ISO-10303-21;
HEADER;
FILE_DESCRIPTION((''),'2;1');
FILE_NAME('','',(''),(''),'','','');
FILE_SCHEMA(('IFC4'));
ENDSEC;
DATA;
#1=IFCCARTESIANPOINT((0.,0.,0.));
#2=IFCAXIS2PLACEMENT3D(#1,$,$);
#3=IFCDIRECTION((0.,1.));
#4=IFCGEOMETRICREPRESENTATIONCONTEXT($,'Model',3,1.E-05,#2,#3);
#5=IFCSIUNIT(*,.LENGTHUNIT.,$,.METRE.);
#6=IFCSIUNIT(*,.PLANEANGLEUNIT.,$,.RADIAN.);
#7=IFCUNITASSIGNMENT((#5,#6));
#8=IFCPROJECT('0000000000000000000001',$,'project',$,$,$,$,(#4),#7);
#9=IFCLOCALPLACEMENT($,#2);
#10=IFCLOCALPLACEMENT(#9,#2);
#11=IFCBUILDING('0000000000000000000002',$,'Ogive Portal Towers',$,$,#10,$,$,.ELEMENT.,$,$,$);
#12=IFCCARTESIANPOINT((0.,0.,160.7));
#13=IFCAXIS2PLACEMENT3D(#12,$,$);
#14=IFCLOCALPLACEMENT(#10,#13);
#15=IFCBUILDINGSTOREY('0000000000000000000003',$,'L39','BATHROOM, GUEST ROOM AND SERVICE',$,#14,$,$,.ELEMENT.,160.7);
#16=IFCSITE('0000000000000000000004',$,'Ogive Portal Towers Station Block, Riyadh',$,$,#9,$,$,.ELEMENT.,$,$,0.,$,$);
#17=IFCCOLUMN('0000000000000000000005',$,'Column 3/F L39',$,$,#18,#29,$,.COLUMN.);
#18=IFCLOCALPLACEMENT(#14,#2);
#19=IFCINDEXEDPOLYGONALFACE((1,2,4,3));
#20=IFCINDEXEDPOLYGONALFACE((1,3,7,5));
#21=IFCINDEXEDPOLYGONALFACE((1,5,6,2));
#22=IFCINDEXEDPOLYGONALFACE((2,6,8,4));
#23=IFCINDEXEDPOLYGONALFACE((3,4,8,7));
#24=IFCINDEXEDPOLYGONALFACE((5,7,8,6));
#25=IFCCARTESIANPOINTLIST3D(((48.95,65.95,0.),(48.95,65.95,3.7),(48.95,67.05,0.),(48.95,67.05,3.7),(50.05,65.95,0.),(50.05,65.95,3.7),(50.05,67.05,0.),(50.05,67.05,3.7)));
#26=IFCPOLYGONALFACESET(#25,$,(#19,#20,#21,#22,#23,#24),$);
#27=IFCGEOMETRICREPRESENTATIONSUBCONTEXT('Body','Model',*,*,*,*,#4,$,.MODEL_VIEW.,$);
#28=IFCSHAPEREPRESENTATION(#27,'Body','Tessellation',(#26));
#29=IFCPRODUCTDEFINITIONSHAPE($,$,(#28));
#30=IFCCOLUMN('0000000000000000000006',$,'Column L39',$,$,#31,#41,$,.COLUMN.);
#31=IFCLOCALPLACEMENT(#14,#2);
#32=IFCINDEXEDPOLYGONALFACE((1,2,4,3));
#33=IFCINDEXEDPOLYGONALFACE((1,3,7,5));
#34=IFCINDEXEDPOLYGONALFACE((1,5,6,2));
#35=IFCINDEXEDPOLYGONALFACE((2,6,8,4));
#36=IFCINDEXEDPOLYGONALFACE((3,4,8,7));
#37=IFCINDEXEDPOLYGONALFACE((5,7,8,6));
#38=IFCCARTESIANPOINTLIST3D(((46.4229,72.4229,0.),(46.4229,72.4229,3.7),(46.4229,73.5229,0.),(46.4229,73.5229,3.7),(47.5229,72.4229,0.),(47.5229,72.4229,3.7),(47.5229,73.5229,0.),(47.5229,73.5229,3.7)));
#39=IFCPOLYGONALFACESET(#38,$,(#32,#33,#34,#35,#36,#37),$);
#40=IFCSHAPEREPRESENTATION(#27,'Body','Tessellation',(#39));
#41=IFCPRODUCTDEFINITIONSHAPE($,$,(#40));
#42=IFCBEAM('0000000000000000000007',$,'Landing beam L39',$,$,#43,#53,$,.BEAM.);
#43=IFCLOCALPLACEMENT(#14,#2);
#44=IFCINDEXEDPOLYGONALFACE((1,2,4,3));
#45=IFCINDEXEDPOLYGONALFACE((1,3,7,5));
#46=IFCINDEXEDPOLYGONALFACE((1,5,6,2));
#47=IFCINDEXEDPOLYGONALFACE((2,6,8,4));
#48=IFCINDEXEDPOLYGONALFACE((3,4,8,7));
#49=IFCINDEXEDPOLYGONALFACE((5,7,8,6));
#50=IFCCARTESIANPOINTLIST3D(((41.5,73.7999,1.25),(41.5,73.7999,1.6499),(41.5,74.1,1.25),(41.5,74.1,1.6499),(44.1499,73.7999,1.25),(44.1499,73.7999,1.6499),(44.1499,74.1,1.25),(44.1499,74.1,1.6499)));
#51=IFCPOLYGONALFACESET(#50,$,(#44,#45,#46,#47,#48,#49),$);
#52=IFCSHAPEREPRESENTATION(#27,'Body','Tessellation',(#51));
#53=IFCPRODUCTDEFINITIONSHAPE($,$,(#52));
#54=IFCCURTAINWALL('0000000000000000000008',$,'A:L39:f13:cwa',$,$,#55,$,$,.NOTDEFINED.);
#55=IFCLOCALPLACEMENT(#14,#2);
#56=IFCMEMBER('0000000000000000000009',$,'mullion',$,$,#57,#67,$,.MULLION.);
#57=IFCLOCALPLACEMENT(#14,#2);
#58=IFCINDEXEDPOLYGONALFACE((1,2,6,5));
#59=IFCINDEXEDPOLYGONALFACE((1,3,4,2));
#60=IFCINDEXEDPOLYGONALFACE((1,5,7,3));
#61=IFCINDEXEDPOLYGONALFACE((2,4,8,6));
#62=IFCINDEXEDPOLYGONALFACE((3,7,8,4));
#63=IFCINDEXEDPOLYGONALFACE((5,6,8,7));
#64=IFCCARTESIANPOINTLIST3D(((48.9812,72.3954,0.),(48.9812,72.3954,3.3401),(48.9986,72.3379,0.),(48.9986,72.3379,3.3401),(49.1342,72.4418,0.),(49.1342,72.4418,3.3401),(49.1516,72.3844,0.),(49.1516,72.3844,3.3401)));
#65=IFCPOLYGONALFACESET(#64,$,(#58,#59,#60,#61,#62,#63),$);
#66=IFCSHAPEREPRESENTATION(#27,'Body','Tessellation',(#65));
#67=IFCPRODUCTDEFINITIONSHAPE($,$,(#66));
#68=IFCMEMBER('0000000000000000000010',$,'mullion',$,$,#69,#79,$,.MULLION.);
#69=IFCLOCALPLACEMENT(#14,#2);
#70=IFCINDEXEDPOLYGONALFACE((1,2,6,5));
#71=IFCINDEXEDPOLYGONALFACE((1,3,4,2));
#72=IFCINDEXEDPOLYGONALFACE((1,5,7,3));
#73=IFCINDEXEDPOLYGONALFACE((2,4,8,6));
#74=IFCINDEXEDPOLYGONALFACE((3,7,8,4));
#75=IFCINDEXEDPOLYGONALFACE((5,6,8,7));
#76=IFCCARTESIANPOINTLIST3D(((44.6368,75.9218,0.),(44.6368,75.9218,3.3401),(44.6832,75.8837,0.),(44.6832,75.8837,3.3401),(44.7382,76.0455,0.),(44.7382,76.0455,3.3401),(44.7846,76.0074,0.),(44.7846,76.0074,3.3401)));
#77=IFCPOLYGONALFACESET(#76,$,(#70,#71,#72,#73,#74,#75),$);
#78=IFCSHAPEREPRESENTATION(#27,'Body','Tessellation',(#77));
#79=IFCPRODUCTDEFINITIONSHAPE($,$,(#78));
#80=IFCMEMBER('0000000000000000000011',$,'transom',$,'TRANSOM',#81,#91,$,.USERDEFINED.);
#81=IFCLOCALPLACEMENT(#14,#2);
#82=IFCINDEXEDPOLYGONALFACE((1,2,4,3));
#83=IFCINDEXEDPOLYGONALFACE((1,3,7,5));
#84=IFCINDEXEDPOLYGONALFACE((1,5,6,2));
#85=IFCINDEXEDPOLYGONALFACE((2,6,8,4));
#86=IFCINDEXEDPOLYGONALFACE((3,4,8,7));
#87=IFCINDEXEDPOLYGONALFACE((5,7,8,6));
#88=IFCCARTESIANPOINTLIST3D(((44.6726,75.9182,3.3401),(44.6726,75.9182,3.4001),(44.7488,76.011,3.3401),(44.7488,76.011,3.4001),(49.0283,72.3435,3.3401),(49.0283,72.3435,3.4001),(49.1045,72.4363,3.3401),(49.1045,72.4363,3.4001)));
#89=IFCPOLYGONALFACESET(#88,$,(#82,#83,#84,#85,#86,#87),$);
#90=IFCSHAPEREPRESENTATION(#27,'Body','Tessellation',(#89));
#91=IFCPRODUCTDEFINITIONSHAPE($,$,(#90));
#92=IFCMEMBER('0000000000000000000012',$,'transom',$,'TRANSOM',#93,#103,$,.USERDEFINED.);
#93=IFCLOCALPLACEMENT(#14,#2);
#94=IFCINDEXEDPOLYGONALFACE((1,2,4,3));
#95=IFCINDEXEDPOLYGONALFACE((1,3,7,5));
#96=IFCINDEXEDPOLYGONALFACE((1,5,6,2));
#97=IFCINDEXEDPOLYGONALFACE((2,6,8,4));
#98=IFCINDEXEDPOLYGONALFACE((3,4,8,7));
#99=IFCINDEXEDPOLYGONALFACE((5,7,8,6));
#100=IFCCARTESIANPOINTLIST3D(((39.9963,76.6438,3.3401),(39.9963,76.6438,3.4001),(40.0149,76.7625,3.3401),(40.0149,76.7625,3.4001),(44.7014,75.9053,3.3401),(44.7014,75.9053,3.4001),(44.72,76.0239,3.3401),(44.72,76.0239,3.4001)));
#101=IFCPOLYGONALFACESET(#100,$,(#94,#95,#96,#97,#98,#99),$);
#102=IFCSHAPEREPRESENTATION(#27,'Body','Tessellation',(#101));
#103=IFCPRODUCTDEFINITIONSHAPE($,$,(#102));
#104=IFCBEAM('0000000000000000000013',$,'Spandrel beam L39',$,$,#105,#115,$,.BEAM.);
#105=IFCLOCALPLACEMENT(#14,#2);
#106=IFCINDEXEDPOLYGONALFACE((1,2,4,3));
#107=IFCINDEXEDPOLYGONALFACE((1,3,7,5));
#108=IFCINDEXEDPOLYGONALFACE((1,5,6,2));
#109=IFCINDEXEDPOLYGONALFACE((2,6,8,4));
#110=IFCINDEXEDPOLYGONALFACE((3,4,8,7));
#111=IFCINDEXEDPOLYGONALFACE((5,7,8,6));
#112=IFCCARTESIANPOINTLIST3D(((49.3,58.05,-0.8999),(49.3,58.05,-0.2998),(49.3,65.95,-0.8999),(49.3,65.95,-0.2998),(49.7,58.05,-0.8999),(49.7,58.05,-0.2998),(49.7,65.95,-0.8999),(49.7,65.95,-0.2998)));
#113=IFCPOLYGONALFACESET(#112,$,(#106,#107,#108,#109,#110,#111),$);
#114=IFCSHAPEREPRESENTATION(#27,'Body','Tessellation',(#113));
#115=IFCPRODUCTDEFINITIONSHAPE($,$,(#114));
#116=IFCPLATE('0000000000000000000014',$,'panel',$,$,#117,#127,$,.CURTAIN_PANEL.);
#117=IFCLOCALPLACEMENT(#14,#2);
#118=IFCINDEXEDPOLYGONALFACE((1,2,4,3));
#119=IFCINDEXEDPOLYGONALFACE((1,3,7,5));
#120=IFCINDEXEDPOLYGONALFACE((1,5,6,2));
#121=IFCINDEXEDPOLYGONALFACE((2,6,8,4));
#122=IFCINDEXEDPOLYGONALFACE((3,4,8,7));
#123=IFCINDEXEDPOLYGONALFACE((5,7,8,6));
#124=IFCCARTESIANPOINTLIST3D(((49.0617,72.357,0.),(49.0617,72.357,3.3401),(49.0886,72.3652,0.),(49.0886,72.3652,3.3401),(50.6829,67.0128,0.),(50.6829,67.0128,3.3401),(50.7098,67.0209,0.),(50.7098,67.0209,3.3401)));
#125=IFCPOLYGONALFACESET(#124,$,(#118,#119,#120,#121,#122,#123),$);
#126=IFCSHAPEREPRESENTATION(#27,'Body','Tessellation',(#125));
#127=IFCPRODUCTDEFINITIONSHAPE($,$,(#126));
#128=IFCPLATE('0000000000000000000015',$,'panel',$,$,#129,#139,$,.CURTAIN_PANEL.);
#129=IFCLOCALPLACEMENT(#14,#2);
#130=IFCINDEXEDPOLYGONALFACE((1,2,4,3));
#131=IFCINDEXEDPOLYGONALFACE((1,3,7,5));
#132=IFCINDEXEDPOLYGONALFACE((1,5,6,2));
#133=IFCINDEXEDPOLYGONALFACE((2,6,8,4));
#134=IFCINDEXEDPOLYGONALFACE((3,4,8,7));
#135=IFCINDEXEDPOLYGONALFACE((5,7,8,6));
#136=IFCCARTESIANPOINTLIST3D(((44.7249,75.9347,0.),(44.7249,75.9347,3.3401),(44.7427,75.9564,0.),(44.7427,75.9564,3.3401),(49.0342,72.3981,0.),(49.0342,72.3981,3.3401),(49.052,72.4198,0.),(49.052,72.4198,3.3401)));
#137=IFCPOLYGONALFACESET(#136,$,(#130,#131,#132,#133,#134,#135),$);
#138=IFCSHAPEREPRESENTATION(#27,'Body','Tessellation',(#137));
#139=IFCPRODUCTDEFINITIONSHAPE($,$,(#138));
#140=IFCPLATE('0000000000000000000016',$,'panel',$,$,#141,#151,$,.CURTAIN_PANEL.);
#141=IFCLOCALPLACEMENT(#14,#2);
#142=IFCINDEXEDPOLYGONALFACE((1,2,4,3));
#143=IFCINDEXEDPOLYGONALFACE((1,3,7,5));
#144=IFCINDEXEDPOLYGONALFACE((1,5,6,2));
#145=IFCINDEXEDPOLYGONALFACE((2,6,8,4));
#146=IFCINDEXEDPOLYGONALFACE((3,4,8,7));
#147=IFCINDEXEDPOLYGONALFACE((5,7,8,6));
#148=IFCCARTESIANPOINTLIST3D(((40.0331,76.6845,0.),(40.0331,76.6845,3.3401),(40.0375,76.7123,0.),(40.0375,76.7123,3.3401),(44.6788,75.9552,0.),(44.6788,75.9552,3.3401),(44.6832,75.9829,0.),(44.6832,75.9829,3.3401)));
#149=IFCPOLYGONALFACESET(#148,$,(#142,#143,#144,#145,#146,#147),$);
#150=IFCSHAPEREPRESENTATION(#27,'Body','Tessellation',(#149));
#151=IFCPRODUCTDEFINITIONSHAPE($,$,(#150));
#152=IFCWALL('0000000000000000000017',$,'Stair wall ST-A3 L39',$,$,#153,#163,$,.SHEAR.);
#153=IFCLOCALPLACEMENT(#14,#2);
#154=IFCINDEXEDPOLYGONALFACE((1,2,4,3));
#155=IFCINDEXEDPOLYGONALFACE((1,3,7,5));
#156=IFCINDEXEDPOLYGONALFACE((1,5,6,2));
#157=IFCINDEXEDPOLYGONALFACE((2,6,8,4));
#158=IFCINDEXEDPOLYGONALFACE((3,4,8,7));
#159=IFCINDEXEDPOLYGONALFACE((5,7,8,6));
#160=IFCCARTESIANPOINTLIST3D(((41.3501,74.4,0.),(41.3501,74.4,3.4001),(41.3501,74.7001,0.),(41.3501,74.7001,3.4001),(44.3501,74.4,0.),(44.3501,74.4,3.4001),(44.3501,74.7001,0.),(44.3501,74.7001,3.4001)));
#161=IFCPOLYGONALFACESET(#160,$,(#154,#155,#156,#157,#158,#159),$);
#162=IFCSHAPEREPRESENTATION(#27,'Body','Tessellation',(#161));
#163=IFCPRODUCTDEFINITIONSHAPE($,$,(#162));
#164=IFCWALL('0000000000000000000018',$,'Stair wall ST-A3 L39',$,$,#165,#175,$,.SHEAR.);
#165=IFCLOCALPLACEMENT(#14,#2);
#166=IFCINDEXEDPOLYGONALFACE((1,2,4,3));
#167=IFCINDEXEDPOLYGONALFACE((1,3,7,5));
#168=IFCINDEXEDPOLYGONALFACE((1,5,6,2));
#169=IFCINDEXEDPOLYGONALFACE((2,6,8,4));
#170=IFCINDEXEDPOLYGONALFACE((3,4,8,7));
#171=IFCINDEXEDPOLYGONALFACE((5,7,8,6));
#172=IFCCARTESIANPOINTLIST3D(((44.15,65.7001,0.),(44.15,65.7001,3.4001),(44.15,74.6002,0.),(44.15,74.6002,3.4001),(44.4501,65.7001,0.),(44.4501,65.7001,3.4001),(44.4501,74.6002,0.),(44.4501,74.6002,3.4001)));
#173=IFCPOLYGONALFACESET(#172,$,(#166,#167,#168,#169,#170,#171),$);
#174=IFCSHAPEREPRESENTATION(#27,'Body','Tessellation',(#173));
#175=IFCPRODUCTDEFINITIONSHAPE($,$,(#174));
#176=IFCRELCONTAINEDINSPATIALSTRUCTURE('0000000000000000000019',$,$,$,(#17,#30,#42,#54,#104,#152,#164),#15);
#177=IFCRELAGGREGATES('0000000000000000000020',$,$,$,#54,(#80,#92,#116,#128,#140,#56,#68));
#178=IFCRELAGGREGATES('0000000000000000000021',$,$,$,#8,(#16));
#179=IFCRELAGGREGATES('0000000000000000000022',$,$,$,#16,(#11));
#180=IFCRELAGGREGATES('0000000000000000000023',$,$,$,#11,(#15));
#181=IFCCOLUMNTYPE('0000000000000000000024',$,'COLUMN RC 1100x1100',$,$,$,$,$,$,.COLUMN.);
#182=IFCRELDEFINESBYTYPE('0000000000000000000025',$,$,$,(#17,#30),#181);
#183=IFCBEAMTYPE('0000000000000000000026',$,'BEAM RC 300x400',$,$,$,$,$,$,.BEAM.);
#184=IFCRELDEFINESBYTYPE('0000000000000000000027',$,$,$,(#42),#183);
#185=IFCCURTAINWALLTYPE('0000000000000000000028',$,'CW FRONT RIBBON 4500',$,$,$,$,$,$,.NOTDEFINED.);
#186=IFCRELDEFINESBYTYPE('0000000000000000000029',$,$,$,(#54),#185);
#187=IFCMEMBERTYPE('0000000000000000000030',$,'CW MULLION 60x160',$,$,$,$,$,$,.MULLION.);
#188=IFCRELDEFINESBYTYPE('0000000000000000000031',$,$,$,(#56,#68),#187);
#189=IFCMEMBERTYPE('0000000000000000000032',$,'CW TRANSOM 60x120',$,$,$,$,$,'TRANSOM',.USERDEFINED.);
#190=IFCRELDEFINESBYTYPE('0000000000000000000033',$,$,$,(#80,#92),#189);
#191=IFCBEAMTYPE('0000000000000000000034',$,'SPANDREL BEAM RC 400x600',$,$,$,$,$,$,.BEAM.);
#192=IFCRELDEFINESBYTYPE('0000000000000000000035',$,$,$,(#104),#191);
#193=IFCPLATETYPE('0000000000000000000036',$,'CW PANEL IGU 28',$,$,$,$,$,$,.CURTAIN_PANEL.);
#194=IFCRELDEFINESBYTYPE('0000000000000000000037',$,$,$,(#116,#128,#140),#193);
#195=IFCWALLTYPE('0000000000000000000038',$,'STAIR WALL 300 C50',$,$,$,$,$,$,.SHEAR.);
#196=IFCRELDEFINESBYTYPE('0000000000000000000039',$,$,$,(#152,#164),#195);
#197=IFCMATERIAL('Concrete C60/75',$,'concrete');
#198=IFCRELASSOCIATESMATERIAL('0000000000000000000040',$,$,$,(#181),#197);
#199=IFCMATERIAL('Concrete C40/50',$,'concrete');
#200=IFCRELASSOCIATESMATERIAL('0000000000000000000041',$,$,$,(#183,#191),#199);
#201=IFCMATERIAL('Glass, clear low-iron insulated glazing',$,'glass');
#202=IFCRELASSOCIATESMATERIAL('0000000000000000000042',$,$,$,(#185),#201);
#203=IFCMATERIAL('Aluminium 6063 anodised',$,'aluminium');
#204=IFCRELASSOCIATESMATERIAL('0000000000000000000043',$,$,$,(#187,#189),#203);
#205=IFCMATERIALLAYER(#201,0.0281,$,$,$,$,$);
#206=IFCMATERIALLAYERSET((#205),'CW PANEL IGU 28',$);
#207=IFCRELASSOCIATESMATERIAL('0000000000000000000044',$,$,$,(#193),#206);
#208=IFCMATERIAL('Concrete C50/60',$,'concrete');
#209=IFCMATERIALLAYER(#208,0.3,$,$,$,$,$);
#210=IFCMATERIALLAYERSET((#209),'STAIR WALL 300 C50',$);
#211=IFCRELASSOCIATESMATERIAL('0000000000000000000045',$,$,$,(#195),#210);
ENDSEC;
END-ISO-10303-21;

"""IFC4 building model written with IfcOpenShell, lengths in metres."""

from ifc_helpers import new_model, si_unit, direction, frame, frame_2d, origin, origin_2d, place, context, subcontext, project, spatial, rectangle, extrude, material, layer, layer_set, material_profile, profile_set, type_object, element, aggregate, save


model = new_model("IFC4")

# Units and contexts
model_context = context("Model", 3, precision=1e-05, world=origin(), true_north=direction((0.0, 1.0)))
body_context = subcontext(model_context, "Body", "Model", "MODEL_VIEW")
ifc_project = project(units=[si_unit("LENGTHUNIT", "METRE"), si_unit("PLANEANGLEUNIT", "RADIAN")], contexts=[model_context])

# Site, building, storey
site_placement = place(None, origin())
site = spatial("IfcSite", under=ifc_project, at=site_placement, Name="Ogive Portal Towers Station Block, Riyadh", CompositionType="ELEMENT", RefElevation=0.0)
building_placement = place(site_placement, origin())
building = spatial("IfcBuilding", under=site, at=building_placement, Name="Ogive Portal Towers", CompositionType="ELEMENT")
storey_placement = place(building_placement, frame((0.0, 0.0, 160.7)))
storey = spatial("IfcBuildingStorey", under=building, at=storey_placement, Name="L39", Description="BATHROOM, GUEST ROOM AND SERVICE", CompositionType="ELEMENT", Elevation=160.7)

# Columns
ifc_material_1 = material(Name="Concrete C60/75", Category="concrete")
ifc_material_profile_1 = material_profile(ifc_material_1, rectangle(XDim=1.1001, YDim=1.1001, at=origin_2d()), Name="RC 1100x1100")
ifc_profile_set_1 = profile_set([ifc_material_profile_1], Name="Concrete C60/75")
column_type = type_object("IfcColumnType", Name="COLUMN RC 1100x1100", PredefinedType="COLUMN", material=ifc_profile_set_1)
for number, where, z_axis, x_axis, name in (
    (1, (49.5, 66.5, 0.0), (0.0, 0.0, 1.0), (1.0, 0.0, 0.0), "Column 3/F L39"),
    (2, (46.9729, 72.9729, 0.0), (0.0, 0.0, 1.0), (1.0, 0.0, 0.0), "Column L39"),
):
    element("IfcColumn", number, at=place(storey_placement, frame(where, z_axis=z_axis, x_axis=x_axis)), inside=storey, type_object=column_type, Name=name, PredefinedType="COLUMN", context=body_context, shape_type="SweptSolid", body=[
        extrude(rectangle(XDim=1.1001, YDim=1.1001, at=origin_2d()), origin(), (0.0, 0.0, 1.0), 3.7),
    ])

# Beam
ifc_material_2 = material(Name="Concrete C40/50", Category="concrete")
ifc_material_profile_2 = material_profile(ifc_material_2, rectangle(XDim=0.3, YDim=0.3999, at=origin_2d()), Name="RC 300x400")
ifc_profile_set_2 = profile_set([ifc_material_profile_2], Name="Concrete C40/50")
beam_type_1 = type_object("IfcBeamType", Name="BEAM RC 300x400", PredefinedType="BEAM", material=ifc_profile_set_2)
beam_1_placement = place(storey_placement, frame((41.5, 73.95, 1.45), z_axis=(1.0, 0.0, 0.0), x_axis=(0.0, 1.0, 0.0)))
element("IfcBeam", 3, at=beam_1_placement, inside=storey, type_object=beam_type_1, Name="Landing beam L39", PredefinedType="BEAM", context=body_context, shape_type="SweptSolid", body=[
    extrude(rectangle(XDim=0.3, YDim=0.3999, at=origin_2d()), origin(), (0.0, 0.0, 1.0), 2.6499),
])

# Curtain wall, members
ifc_material_3 = material(Name="Glass, clear low-iron insulated glazing", Category="glass")
curtain_wall_type = type_object("IfcCurtainWallType", Name="CW FRONT RIBBON 4500", PredefinedType="NOTDEFINED", material=ifc_material_3)
curtain_wall_placement = place(storey_placement, origin())
curtain_wall = element("IfcCurtainWall", 4, at=curtain_wall_placement, inside=storey, type_object=curtain_wall_type, Name="A:L39:f13:cwa", PredefinedType="NOTDEFINED")
ifc_material_4 = material(Name="Aluminium 6063 anodised", Category="aluminium")
ifc_material_profile_3 = material_profile(ifc_material_4, rectangle(XDim=0.1599, YDim=0.0601, at=origin_2d()), Name="AL 60x160")
ifc_profile_set_3 = profile_set([ifc_material_profile_3], Name="Aluminium 6063 anodised")
member_type_1 = type_object("IfcMemberType", Name="CW MULLION 60x160", PredefinedType="MULLION", material=ifc_profile_set_3)
member_1_placement = place(storey_placement, frame((49.0664, 72.3899, 0.0), z_axis=(0.0, 0.0, 1.0), x_axis=(-0.95694, -0.290285, 0.0)))
member_1 = element("IfcMember", 5, at=member_1_placement, type_object=member_type_1, Name="mullion", PredefinedType="MULLION", context=body_context, shape_type="SweptSolid", body=[
    extrude(rectangle(XDim=0.1599, YDim=0.0601, at=origin_2d()), origin(), (0.0, 0.0, 1.0), 3.3401),
])
member_2_placement = place(storey_placement, frame((44.7107, 75.9646, 0.0), z_axis=(0.0, 0.0, 1.0), x_axis=(-0.634393, -0.77301, 0.0)))
member_2 = element("IfcMember", 6, at=member_2_placement, type_object=member_type_1, Name="mullion", PredefinedType="MULLION", context=body_context, shape_type="SweptSolid", body=[
    extrude(rectangle(XDim=0.1599, YDim=0.0601, at=origin_2d()), origin(), (0.0, 0.0, 1.0), 3.3401),
])
ifc_material_profile_4 = material_profile(ifc_material_4, rectangle(XDim=0.1201, YDim=0.0601, at=origin_2d()), Name="AL 120x60")
ifc_profile_set_4 = profile_set([ifc_material_profile_4], Name="Aluminium 6063 anodised")
member_type_2 = type_object("IfcMemberType", Name="CW TRANSOM 60x120", ElementType="TRANSOM", PredefinedType="USERDEFINED", material=ifc_profile_set_4)
member_3_placement = place(storey_placement, frame((49.0664, 72.3899, 3.3701), z_axis=(-0.773005, 0.6344, 0.0), x_axis=(-0.6344, -0.773005, 0.0)))
member_3 = element("IfcMember", 7, at=member_3_placement, type_object=member_type_2, Name="transom", ObjectType="TRANSOM", PredefinedType="USERDEFINED", context=body_context, shape_type="SweptSolid", body=[
    extrude(rectangle(XDim=0.1201, YDim=0.0601, at=origin_2d()), origin(), (0.0, 0.0, 1.0), 5.6348),
])
member_4_placement = place(storey_placement, frame((44.7107, 75.9646, 3.3701), z_axis=(-0.987904, 0.155065, 0.0), x_axis=(-0.155065, -0.987904, 0.0)))
member_4 = element("IfcMember", 8, at=member_4_placement, type_object=member_type_2, Name="transom", ObjectType="TRANSOM", PredefinedType="USERDEFINED", context=body_context, shape_type="SweptSolid", body=[
    extrude(rectangle(XDim=0.1201, YDim=0.0601, at=origin_2d()), origin(), (0.0, 0.0, 1.0), 4.7627),
])

# Beam
ifc_material_profile_5 = material_profile(ifc_material_2, rectangle(XDim=0.3999, YDim=0.6001, at=origin_2d()), Name="RC 400x600")
ifc_profile_set_5 = profile_set([ifc_material_profile_5], Name="Concrete C40/50")
beam_type_2 = type_object("IfcBeamType", Name="SPANDREL BEAM RC 400x600", PredefinedType="BEAM", material=ifc_profile_set_5)
beam_2_placement = place(storey_placement, frame((49.5, 65.95, -0.5999), z_axis=(0.0, -1.0, 0.0), x_axis=(1.0, 0.0, 0.0)))
element("IfcBeam", 9, at=beam_2_placement, inside=storey, type_object=beam_type_2, Name="Spandrel beam L39", PredefinedType="BEAM", context=body_context, shape_type="SweptSolid", body=[
    extrude(rectangle(XDim=0.3999, YDim=0.6001, at=origin_2d()), origin(), (0.0, 0.0, 1.0), 7.8999),
])

# Plates
ifc_layer_1 = layer(ifc_material_3, 0.0281)
ifc_layer_set_1 = layer_set([ifc_layer_1], Name="CW PANEL IGU 28")
plate_type = type_object("IfcPlateType", Name="CW PANEL IGU 28", PredefinedType="CURTAIN_PANEL", material=ifc_layer_set_1)
plate_1_placement = place(storey_placement, frame((49.8857, 69.689, 0.0), z_axis=(0.0, 0.0, 1.0), x_axis=(-0.290285, 0.95694, 0.0)))
plate_1 = element("IfcPlate", 10, at=plate_1_placement, type_object=plate_type, Name="panel", PredefinedType="CURTAIN_PANEL", context=body_context, shape_type="SweptSolid", body=[
    extrude(rectangle(XDim=5.5847, YDim=0.0281, at=origin_2d()), origin(), (0.0, 0.0, 1.0), 3.3401),
])
plate_2_placement = place(storey_placement, frame((46.8884, 74.1772, 0.0), z_axis=(0.0, 0.0, 1.0), x_axis=(-0.77301, 0.634393, 0.0)))
plate_2 = element("IfcPlate", 11, at=plate_2_placement, type_object=plate_type, Name="panel", PredefinedType="CURTAIN_PANEL", context=body_context, shape_type="SweptSolid", body=[
    extrude(rectangle(XDim=5.5747, YDim=0.0281, at=origin_2d()), origin(), (0.0, 0.0, 1.0), 3.3401),
])
plate_3_placement = place(storey_placement, frame((42.3582, 76.3337, 0.0), z_axis=(0.0, 0.0, 1.0), x_axis=(-0.987901, 0.155089, 0.0)))
plate_3 = element("IfcPlate", 12, at=plate_3_placement, type_object=plate_type, Name="panel", PredefinedType="CURTAIN_PANEL", context=body_context, shape_type="SweptSolid", body=[
    extrude(rectangle(XDim=4.7026, YDim=0.0281, at=origin_2d()), origin(), (0.0, 0.0, 1.0), 3.3401),
])
aggregate(curtain_wall, [member_3, member_4, plate_1, plate_2, plate_3, member_1, member_2])

# Walls
ifc_material_5 = material(Name="Concrete C50/60", Category="concrete")
ifc_layer_2 = layer(ifc_material_5, 0.3)
ifc_layer_set_2 = layer_set([ifc_layer_2], Name="STAIR WALL 300 C50")
wall_type_1 = type_object("IfcWallType", Name="STAIR WALL 300 C50", PredefinedType="SHEAR", material=ifc_layer_set_2)
wall_1_placement = place(storey_placement, frame((41.3501, 74.55, 0.0), z_axis=(0.0, 0.0, 1.0), x_axis=(1.0, 0.0, 0.0)))
element("IfcWall", 13, at=wall_1_placement, inside=storey, type_object=wall_type_1, Name="Stair wall ST-A3 L39", PredefinedType="SHEAR", context=body_context, shape_type="SweptSolid", body=[
    extrude(rectangle(XDim=3.0, YDim=0.3, at=frame_2d((1.5, 0.0))), origin(), (0.0, 0.0, 1.0), 3.4001),
])
wall_2_placement = place(storey_placement, frame((44.3, 65.7, 0.0), z_axis=(0.0, 0.0, 1.0), x_axis=(0.0, 1.0, 0.0)))
element("IfcWall", 14, at=wall_2_placement, inside=storey, type_object=wall_type_1, Name="Stair wall ST-A3 L39", PredefinedType="SHEAR", context=body_context, shape_type="SweptSolid", body=[
    extrude(rectangle(XDim=8.9001, YDim=0.3, at=frame_2d((4.4502, 0.0))), origin(), (0.0, 0.0, 1.0), 3.4001),
])

save(model, "model.ifc")
